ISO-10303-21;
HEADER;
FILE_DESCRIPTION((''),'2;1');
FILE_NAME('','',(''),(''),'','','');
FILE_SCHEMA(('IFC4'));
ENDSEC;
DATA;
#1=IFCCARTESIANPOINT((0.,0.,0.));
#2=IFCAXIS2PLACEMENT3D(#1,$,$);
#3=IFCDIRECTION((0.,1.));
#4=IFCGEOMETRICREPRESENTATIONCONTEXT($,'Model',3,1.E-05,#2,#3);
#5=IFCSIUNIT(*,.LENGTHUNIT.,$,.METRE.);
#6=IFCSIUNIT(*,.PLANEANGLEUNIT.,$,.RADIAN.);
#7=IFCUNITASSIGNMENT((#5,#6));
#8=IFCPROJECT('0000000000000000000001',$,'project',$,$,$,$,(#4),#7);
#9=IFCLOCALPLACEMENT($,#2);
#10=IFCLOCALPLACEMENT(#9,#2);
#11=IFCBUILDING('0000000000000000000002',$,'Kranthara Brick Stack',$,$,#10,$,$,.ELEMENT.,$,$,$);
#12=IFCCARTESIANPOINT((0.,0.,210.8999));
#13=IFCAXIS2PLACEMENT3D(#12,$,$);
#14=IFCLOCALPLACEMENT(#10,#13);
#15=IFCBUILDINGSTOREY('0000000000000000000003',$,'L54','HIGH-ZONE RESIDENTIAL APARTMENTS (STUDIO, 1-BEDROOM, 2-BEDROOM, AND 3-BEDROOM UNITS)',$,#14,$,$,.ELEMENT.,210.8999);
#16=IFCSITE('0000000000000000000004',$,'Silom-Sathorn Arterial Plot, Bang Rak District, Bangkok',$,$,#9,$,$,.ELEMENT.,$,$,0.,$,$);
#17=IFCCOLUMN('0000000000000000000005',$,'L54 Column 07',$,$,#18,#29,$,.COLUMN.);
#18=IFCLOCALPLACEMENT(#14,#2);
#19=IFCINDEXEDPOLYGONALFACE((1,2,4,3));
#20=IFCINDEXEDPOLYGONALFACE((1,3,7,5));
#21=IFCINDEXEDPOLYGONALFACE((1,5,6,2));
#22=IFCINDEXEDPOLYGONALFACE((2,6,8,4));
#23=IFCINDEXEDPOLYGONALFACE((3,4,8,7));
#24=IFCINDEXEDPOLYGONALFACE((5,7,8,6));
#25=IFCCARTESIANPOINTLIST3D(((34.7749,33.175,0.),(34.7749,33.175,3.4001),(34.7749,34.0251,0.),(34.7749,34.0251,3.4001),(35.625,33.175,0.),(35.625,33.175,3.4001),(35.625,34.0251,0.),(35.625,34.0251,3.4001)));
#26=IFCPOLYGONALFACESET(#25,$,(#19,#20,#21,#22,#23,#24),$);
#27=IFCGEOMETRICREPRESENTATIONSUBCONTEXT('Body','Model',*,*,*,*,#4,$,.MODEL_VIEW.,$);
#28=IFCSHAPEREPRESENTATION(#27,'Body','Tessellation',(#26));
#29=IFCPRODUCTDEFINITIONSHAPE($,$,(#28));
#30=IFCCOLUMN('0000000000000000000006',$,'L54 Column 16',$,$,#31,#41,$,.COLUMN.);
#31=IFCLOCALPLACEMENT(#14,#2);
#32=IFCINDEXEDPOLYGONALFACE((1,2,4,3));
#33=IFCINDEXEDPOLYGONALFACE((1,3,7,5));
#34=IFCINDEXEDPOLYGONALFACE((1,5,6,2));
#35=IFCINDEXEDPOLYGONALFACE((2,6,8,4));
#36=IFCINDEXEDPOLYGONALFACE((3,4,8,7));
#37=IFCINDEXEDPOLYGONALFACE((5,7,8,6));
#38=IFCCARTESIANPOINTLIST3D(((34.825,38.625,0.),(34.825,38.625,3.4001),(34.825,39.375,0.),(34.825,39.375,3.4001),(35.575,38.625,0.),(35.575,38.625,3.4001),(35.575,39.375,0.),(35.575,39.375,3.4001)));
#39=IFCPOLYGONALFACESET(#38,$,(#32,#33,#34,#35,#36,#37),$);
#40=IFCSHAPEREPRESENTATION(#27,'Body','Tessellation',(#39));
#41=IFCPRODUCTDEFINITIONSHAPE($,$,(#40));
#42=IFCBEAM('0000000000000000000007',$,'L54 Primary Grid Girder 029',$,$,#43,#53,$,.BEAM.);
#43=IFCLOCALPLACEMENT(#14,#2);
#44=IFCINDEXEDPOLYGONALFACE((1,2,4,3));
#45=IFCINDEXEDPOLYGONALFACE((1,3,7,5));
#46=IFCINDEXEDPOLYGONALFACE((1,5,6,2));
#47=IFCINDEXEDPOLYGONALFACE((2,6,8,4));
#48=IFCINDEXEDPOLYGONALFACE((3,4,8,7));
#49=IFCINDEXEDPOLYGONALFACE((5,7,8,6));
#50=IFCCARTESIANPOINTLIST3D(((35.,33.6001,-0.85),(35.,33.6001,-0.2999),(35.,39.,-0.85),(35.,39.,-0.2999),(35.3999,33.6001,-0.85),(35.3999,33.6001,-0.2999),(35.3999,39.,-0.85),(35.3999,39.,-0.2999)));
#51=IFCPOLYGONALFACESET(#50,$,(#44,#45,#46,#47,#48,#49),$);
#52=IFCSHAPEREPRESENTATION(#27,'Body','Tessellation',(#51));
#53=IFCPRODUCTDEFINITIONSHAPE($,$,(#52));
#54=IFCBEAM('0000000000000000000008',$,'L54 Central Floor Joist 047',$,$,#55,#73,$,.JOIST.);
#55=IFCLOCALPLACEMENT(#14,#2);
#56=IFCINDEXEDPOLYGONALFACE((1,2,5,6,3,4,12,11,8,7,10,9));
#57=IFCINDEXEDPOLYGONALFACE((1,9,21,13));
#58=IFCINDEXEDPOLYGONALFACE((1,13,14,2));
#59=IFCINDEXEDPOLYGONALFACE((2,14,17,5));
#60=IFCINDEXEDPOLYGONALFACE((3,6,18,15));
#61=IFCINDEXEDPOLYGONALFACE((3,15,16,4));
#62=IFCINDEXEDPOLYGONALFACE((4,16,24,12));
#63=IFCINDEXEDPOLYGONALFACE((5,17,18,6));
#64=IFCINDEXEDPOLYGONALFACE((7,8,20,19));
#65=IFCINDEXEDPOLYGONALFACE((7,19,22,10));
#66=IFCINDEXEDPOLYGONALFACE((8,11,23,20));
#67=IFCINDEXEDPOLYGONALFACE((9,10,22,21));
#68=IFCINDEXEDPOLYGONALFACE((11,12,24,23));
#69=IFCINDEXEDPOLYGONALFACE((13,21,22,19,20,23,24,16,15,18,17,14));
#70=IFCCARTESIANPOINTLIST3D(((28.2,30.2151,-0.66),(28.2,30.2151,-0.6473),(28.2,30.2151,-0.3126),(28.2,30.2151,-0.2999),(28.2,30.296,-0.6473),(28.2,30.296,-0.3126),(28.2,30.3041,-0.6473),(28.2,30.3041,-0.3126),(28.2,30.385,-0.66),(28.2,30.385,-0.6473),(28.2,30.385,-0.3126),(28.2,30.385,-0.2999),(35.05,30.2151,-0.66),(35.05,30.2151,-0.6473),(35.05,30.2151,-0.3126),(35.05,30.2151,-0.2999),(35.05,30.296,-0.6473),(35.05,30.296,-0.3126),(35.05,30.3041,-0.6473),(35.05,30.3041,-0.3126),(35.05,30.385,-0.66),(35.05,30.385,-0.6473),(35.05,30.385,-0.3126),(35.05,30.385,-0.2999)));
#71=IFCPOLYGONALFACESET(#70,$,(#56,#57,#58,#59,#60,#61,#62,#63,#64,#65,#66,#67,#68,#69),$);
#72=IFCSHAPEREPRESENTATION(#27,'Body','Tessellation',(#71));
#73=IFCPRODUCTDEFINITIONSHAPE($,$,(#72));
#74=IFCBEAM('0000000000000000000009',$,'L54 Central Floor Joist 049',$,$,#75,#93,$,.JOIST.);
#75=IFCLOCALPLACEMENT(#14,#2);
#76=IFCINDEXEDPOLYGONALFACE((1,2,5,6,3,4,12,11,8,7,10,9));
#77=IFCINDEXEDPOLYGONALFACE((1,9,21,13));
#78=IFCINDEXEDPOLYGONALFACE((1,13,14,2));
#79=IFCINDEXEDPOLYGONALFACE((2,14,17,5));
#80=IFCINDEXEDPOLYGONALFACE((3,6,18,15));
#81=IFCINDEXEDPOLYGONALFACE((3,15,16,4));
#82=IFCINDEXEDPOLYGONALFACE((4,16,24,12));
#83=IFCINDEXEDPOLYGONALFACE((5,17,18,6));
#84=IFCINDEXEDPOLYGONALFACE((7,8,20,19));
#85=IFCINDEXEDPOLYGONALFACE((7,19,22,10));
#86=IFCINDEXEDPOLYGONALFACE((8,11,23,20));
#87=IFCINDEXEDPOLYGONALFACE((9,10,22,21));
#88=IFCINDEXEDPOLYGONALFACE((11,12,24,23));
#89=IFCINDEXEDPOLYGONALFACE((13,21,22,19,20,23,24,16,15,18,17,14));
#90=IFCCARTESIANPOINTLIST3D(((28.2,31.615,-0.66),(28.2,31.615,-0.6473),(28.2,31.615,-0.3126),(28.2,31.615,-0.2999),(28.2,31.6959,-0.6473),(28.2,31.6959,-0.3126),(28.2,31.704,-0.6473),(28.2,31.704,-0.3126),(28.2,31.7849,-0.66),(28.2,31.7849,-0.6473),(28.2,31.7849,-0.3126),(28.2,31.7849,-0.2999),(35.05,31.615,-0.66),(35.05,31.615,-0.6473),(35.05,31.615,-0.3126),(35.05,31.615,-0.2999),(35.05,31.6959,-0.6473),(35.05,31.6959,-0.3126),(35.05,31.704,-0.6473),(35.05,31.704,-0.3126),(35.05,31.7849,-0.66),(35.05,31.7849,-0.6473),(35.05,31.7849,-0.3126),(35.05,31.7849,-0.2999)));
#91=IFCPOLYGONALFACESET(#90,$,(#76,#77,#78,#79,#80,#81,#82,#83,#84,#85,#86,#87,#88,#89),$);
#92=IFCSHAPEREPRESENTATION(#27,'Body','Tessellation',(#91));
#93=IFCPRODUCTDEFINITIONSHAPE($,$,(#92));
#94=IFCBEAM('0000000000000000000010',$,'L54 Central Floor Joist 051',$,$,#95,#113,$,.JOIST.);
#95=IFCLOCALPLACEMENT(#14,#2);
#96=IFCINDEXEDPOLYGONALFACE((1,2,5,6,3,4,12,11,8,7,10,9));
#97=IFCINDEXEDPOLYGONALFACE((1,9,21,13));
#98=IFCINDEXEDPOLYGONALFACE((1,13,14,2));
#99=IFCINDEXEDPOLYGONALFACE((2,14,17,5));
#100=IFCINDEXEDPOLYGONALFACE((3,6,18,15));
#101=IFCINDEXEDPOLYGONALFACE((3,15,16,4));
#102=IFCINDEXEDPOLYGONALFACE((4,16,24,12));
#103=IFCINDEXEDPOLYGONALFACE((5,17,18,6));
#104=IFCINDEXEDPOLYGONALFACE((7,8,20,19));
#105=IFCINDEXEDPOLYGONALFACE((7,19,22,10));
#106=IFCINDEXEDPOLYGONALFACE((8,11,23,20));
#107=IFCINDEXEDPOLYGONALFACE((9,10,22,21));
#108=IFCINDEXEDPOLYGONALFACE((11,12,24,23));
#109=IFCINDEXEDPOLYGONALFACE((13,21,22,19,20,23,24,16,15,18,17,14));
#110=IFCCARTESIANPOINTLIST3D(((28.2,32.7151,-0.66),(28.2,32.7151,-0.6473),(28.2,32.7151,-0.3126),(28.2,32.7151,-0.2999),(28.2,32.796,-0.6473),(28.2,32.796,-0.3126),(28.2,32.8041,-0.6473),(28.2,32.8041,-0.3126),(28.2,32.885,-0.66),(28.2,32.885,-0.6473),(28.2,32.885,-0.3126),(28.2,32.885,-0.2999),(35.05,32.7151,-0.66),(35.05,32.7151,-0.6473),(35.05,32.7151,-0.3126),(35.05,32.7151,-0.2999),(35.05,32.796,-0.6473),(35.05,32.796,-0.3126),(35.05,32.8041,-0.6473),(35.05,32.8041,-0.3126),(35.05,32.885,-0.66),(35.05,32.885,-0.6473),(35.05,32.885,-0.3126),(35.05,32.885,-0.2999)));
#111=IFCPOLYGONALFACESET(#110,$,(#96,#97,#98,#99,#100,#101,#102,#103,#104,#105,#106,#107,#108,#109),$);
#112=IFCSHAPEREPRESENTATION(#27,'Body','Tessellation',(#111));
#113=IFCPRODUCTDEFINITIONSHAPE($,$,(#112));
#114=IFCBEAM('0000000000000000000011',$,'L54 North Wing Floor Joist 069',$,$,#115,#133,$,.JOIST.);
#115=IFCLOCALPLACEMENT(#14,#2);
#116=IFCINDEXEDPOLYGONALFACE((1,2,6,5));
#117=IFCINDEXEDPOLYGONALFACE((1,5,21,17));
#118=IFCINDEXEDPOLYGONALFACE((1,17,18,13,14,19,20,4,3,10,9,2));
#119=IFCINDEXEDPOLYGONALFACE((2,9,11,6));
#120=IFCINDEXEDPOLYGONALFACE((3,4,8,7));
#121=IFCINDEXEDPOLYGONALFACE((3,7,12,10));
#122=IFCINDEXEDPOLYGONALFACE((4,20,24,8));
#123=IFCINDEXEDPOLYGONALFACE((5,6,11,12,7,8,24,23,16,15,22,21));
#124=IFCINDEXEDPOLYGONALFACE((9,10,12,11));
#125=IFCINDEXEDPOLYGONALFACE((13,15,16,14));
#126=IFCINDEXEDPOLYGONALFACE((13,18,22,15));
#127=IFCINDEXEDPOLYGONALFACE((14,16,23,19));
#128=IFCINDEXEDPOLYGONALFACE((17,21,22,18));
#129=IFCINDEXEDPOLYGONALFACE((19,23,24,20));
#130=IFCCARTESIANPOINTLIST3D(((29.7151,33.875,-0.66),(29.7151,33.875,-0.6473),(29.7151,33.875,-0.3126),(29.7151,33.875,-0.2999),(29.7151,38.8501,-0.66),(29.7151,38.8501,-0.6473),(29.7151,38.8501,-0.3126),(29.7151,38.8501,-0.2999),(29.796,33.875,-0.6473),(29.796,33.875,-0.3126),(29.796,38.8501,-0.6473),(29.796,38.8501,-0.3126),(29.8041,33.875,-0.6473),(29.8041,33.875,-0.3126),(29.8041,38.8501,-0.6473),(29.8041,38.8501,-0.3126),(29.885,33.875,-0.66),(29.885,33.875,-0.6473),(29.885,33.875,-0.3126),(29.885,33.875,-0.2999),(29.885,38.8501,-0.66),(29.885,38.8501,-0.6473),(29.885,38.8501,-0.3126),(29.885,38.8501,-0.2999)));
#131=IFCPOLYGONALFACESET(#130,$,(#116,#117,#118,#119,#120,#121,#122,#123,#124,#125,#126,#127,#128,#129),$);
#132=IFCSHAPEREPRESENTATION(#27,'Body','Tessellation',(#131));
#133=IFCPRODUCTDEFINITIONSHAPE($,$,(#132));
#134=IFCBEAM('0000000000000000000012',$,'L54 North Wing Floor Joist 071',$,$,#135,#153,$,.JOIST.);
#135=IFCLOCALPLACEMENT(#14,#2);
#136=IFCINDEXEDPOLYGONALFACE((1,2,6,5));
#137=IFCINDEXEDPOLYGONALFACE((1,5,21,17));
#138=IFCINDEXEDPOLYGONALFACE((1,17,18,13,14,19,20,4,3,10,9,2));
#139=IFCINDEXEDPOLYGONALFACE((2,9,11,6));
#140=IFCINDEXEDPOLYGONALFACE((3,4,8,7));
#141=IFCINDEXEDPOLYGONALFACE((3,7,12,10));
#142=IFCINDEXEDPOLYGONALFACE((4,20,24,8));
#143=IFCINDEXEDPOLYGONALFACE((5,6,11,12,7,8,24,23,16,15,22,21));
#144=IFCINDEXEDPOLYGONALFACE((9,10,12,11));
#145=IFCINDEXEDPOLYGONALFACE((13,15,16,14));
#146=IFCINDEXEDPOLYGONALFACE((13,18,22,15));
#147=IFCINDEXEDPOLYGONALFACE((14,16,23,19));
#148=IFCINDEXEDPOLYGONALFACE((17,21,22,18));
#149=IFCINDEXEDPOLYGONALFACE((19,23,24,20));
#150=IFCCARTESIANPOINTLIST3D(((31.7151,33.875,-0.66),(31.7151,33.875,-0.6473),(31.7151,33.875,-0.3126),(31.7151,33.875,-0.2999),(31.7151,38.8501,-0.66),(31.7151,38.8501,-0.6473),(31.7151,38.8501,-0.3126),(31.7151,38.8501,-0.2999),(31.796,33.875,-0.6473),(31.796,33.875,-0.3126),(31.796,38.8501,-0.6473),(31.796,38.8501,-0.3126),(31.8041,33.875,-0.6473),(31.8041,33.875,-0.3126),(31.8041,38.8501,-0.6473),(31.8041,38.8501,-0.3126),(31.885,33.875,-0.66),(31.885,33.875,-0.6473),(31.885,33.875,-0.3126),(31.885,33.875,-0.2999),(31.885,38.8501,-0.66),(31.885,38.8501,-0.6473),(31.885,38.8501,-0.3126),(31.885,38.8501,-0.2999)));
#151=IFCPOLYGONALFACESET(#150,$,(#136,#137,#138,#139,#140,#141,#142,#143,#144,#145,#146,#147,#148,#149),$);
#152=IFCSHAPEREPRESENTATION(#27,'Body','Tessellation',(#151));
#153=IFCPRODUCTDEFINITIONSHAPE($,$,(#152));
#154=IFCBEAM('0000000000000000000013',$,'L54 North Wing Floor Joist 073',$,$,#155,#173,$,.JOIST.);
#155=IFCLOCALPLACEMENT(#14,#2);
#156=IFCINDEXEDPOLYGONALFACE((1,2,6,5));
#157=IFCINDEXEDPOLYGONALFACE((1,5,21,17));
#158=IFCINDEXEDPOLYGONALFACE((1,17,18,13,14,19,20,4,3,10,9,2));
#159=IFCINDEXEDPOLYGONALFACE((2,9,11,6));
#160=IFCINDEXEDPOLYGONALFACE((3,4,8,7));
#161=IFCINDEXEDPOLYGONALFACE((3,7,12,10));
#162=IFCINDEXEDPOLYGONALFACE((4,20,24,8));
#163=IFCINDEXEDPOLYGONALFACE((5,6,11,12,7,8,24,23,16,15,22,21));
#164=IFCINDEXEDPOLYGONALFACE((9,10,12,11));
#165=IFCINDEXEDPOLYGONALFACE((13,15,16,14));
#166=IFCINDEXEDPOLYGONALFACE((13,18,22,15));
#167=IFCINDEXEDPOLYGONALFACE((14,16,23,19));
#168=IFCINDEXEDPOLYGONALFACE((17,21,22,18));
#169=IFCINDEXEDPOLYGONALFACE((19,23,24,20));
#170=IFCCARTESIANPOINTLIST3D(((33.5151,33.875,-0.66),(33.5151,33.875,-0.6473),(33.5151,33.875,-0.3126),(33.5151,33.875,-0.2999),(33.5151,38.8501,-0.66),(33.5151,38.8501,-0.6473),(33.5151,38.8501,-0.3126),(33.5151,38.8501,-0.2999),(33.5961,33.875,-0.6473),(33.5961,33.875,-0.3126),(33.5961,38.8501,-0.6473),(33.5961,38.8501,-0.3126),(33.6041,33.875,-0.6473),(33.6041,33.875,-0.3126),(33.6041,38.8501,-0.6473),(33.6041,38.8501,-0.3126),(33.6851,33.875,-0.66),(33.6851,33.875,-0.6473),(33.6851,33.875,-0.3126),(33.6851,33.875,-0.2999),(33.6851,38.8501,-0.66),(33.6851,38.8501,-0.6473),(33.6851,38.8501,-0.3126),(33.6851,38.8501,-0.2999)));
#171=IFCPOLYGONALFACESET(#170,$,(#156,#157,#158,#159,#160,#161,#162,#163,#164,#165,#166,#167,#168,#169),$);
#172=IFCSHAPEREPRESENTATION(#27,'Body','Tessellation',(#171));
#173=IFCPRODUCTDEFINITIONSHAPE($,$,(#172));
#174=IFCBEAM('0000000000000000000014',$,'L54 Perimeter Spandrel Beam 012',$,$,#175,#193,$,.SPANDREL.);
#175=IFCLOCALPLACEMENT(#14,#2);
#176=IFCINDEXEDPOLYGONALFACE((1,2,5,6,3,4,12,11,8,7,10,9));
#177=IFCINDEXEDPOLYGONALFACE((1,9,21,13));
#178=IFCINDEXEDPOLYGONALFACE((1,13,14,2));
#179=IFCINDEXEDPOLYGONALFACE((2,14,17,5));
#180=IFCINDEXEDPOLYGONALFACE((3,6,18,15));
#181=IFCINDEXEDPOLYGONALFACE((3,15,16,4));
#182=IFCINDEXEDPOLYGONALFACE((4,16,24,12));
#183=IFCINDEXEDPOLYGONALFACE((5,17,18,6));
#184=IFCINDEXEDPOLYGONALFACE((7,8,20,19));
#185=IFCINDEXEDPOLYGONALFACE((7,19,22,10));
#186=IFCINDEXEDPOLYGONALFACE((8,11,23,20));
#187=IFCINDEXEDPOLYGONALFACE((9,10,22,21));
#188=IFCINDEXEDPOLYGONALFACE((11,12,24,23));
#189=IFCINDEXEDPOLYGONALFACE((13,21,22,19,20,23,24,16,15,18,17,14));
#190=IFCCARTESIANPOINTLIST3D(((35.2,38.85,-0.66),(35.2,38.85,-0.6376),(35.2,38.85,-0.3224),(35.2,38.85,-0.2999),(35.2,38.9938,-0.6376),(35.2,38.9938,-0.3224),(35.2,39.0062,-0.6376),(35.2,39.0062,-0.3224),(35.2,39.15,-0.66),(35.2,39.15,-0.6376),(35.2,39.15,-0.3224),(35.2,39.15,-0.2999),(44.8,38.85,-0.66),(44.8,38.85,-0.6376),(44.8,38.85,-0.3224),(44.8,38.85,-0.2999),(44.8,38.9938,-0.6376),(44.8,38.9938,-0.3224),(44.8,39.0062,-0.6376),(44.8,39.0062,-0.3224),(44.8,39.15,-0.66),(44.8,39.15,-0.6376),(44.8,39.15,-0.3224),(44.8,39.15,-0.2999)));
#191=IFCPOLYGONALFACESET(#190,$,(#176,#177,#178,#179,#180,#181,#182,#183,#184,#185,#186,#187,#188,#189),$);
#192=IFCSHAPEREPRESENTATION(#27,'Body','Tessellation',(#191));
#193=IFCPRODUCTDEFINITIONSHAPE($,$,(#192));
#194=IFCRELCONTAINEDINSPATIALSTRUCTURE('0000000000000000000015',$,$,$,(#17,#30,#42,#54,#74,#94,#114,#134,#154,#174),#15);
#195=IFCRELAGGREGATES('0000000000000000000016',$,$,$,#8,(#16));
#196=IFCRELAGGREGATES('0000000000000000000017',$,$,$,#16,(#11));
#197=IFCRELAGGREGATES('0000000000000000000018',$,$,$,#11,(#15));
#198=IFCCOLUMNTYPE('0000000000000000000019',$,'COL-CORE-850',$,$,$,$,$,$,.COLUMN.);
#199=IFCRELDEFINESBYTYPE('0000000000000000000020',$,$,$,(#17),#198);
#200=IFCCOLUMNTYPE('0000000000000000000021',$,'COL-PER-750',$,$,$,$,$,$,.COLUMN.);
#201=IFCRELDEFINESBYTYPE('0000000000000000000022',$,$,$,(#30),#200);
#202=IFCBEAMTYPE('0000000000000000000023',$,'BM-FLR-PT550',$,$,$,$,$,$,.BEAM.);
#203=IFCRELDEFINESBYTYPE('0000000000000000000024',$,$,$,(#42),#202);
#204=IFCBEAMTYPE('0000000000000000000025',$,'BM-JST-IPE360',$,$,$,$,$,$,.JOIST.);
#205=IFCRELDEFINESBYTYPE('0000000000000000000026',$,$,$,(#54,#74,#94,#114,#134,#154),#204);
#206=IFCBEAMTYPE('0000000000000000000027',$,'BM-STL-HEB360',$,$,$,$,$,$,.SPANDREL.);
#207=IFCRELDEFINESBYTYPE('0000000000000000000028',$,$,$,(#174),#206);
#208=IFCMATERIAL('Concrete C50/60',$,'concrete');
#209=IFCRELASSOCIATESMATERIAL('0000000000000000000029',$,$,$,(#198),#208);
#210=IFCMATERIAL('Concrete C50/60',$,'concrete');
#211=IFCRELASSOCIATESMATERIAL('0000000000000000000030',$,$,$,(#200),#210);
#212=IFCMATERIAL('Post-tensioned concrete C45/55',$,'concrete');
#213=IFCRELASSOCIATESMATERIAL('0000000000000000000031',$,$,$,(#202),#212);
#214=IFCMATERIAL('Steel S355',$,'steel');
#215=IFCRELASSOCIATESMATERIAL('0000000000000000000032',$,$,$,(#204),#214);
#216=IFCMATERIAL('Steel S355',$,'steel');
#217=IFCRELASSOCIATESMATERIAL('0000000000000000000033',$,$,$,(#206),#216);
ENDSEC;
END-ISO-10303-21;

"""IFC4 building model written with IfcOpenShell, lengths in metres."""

from ifc_helpers import new_model, si_unit, direction, frame, origin, origin_2d, place, context, subcontext, project, spatial, rectangle, i_section, extrude, material, material_profile, profile_set, type_object, element, save


model = new_model("IFC4")

# Units and contexts
model_context = context("Model", 3, precision=1e-05, world=origin(), true_north=direction((0.0, 1.0)))
body_context = subcontext(model_context, "Body", "Model", "MODEL_VIEW")
ifc_project = project(units=[si_unit("LENGTHUNIT", "METRE"), si_unit("PLANEANGLEUNIT", "RADIAN")], contexts=[model_context])

# Site, building, storey
site_placement = place(None, origin())
site = spatial("IfcSite", under=ifc_project, at=site_placement, Name="Silom-Sathorn Arterial Plot, Bang Rak District, Bangkok", CompositionType="ELEMENT", RefElevation=0.0)
building_placement = place(site_placement, origin())
building = spatial("IfcBuilding", under=site, at=building_placement, Name="Kranthara Brick Stack", CompositionType="ELEMENT")
storey_placement = place(building_placement, frame((0.0, 0.0, 210.8999)))
storey = spatial("IfcBuildingStorey", under=building, at=storey_placement, Name="L54", Description="HIGH-ZONE RESIDENTIAL APARTMENTS (STUDIO, 1-BEDROOM, 2-BEDROOM, AND 3-BEDROOM UNITS)", CompositionType="ELEMENT", Elevation=210.8999)

# Columns
ifc_material_1 = material(Name="Concrete C50/60", Category="concrete")
ifc_material_profile_1 = material_profile(ifc_material_1, rectangle(XDim=0.8501, YDim=0.8501, at=origin_2d()), Name="RC 850x850")
ifc_profile_set_1 = profile_set([ifc_material_profile_1], Name="Concrete C50/60")
column_type_1 = type_object("IfcColumnType", Name="COL-CORE-850", PredefinedType="COLUMN", material=ifc_profile_set_1)
column_1_placement = place(storey_placement, frame((35.2, 33.6001, 0.0), z_axis=(0.0, 0.0, 1.0), x_axis=(1.0, 0.0, 0.0)))
element("IfcColumn", 1, at=column_1_placement, inside=storey, type_object=column_type_1, Name="L54 Column 07", PredefinedType="COLUMN", context=body_context, shape_type="SweptSolid", body=[
    extrude(rectangle(XDim=0.8501, YDim=0.8501, at=origin_2d()), origin(), (0.0, 0.0, 1.0), 3.4001),
])
ifc_material_2 = material(Name="Concrete C50/60", Category="concrete")
ifc_material_profile_2 = material_profile(ifc_material_2, rectangle(XDim=0.75, YDim=0.75, at=origin_2d()), Name="RC 750x750")
ifc_profile_set_2 = profile_set([ifc_material_profile_2], Name="Concrete C50/60")
column_type_2 = type_object("IfcColumnType", Name="COL-PER-750", PredefinedType="COLUMN", material=ifc_profile_set_2)
column_2_placement = place(storey_placement, frame((35.2, 39.0, 0.0), z_axis=(0.0, 0.0, 1.0), x_axis=(1.0, 0.0, 0.0)))
element("IfcColumn", 2, at=column_2_placement, inside=storey, type_object=column_type_2, Name="L54 Column 16", PredefinedType="COLUMN", context=body_context, shape_type="SweptSolid", body=[
    extrude(rectangle(XDim=0.75, YDim=0.75, at=origin_2d()), origin(), (0.0, 0.0, 1.0), 3.4001),
])

# Beams
ifc_material_3 = material(Name="Post-tensioned concrete C45/55", Category="concrete")
ifc_material_profile_3 = material_profile(ifc_material_3, rectangle(XDim=0.3999, YDim=0.55, at=origin_2d()), Name="PT 400x550")
ifc_profile_set_3 = profile_set([ifc_material_profile_3], Name="Post-tensioned concrete C45/55")
beam_type_1 = type_object("IfcBeamType", Name="BM-FLR-PT550", PredefinedType="BEAM", material=ifc_profile_set_3)
beam_1_placement = place(storey_placement, frame((35.2, 33.6001, -0.575), z_axis=(0.0, 1.0, 0.0), x_axis=(-1.0, 0.0, 0.0)))
element("IfcBeam", 3, at=beam_1_placement, inside=storey, type_object=beam_type_1, Name="L54 Primary Grid Girder 029", PredefinedType="BEAM", context=body_context, shape_type="SweptSolid", body=[
    extrude(rectangle(XDim=0.3999, YDim=0.55, at=origin_2d()), origin(), (0.0, 0.0, 1.0), 5.3999),
])
ifc_material_4 = material(Name="Steel S355", Category="steel")
ifc_material_profile_4 = material_profile(ifc_material_4, i_section(OverallWidth=0.1699, OverallDepth=0.3601, WebThickness=0.0081, FlangeThickness=0.0127, at=origin_2d()), Name="IPE 360")
ifc_profile_set_4 = profile_set([ifc_material_profile_4], Name="Steel S355")
beam_type_2 = type_object("IfcBeamType", Name="BM-JST-IPE360", PredefinedType="JOIST", material=ifc_profile_set_4)
for number, where, z_axis, x_axis, name in (
    (4, (28.2, 30.3, -0.48), (1.0, 0.0, 0.0), (0.0, 1.0, 0.0), "L54 Central Floor Joist 047"),
    (5, (28.2, 31.7, -0.48), (1.0, 0.0, 0.0), (0.0, 1.0, 0.0), "L54 Central Floor Joist 049"),
    (6, (28.2, 32.8, -0.48), (1.0, 0.0, 0.0), (0.0, 1.0, 0.0), "L54 Central Floor Joist 051"),
):
    element("IfcBeam", number, at=place(storey_placement, frame(where, z_axis=z_axis, x_axis=x_axis)), inside=storey, type_object=beam_type_2, Name=name, PredefinedType="JOIST", context=body_context, shape_type="SweptSolid", body=[
        extrude(i_section(OverallWidth=0.1699, OverallDepth=0.3601, WebThickness=0.0081, FlangeThickness=0.0127, at=origin_2d()), origin(), (0.0, 0.0, 1.0), 6.8501),
    ])
for number, where, z_axis, x_axis, name in (
    (7, (29.8, 33.875, -0.48), (0.0, 1.0, 0.0), (-1.0, 0.0, 0.0), "L54 North Wing Floor Joist 069"),
    (8, (31.8, 33.875, -0.48), (0.0, 1.0, 0.0), (-1.0, 0.0, 0.0), "L54 North Wing Floor Joist 071"),
    (9, (33.6001, 33.875, -0.48), (0.0, 1.0, 0.0), (-1.0, 0.0, 0.0), "L54 North Wing Floor Joist 073"),
):
    element("IfcBeam", number, at=place(storey_placement, frame(where, z_axis=z_axis, x_axis=x_axis)), inside=storey, type_object=beam_type_2, Name=name, PredefinedType="JOIST", context=body_context, shape_type="SweptSolid", body=[
        extrude(i_section(OverallWidth=0.1699, OverallDepth=0.3601, WebThickness=0.0081, FlangeThickness=0.0127, at=origin_2d()), origin(), (0.0, 0.0, 1.0), 4.9751),
    ])
ifc_material_5 = material(Name="Steel S355", Category="steel")
ifc_material_profile_5 = material_profile(ifc_material_5, i_section(OverallWidth=0.3, OverallDepth=0.3601, WebThickness=0.0125, FlangeThickness=0.0225, at=origin_2d()), Name="HEB 360")
ifc_profile_set_5 = profile_set([ifc_material_profile_5], Name="Steel S355")
beam_type_3 = type_object("IfcBeamType", Name="BM-STL-HEB360", PredefinedType="SPANDREL", material=ifc_profile_set_5)
beam_2_placement = place(storey_placement, frame((35.2, 39.0, -0.48), z_axis=(1.0, 0.0, 0.0), x_axis=(0.0, 1.0, 0.0)))
element("IfcBeam", 10, at=beam_2_placement, inside=storey, type_object=beam_type_3, Name="L54 Perimeter Spandrel Beam 012", PredefinedType="SPANDREL", context=body_context, shape_type="SweptSolid", body=[
    extrude(i_section(OverallWidth=0.3, OverallDepth=0.3601, WebThickness=0.0125, FlangeThickness=0.0225, at=origin_2d()), origin(), (0.0, 0.0, 1.0), 9.6001),
])

save(model, "model.ifc")
